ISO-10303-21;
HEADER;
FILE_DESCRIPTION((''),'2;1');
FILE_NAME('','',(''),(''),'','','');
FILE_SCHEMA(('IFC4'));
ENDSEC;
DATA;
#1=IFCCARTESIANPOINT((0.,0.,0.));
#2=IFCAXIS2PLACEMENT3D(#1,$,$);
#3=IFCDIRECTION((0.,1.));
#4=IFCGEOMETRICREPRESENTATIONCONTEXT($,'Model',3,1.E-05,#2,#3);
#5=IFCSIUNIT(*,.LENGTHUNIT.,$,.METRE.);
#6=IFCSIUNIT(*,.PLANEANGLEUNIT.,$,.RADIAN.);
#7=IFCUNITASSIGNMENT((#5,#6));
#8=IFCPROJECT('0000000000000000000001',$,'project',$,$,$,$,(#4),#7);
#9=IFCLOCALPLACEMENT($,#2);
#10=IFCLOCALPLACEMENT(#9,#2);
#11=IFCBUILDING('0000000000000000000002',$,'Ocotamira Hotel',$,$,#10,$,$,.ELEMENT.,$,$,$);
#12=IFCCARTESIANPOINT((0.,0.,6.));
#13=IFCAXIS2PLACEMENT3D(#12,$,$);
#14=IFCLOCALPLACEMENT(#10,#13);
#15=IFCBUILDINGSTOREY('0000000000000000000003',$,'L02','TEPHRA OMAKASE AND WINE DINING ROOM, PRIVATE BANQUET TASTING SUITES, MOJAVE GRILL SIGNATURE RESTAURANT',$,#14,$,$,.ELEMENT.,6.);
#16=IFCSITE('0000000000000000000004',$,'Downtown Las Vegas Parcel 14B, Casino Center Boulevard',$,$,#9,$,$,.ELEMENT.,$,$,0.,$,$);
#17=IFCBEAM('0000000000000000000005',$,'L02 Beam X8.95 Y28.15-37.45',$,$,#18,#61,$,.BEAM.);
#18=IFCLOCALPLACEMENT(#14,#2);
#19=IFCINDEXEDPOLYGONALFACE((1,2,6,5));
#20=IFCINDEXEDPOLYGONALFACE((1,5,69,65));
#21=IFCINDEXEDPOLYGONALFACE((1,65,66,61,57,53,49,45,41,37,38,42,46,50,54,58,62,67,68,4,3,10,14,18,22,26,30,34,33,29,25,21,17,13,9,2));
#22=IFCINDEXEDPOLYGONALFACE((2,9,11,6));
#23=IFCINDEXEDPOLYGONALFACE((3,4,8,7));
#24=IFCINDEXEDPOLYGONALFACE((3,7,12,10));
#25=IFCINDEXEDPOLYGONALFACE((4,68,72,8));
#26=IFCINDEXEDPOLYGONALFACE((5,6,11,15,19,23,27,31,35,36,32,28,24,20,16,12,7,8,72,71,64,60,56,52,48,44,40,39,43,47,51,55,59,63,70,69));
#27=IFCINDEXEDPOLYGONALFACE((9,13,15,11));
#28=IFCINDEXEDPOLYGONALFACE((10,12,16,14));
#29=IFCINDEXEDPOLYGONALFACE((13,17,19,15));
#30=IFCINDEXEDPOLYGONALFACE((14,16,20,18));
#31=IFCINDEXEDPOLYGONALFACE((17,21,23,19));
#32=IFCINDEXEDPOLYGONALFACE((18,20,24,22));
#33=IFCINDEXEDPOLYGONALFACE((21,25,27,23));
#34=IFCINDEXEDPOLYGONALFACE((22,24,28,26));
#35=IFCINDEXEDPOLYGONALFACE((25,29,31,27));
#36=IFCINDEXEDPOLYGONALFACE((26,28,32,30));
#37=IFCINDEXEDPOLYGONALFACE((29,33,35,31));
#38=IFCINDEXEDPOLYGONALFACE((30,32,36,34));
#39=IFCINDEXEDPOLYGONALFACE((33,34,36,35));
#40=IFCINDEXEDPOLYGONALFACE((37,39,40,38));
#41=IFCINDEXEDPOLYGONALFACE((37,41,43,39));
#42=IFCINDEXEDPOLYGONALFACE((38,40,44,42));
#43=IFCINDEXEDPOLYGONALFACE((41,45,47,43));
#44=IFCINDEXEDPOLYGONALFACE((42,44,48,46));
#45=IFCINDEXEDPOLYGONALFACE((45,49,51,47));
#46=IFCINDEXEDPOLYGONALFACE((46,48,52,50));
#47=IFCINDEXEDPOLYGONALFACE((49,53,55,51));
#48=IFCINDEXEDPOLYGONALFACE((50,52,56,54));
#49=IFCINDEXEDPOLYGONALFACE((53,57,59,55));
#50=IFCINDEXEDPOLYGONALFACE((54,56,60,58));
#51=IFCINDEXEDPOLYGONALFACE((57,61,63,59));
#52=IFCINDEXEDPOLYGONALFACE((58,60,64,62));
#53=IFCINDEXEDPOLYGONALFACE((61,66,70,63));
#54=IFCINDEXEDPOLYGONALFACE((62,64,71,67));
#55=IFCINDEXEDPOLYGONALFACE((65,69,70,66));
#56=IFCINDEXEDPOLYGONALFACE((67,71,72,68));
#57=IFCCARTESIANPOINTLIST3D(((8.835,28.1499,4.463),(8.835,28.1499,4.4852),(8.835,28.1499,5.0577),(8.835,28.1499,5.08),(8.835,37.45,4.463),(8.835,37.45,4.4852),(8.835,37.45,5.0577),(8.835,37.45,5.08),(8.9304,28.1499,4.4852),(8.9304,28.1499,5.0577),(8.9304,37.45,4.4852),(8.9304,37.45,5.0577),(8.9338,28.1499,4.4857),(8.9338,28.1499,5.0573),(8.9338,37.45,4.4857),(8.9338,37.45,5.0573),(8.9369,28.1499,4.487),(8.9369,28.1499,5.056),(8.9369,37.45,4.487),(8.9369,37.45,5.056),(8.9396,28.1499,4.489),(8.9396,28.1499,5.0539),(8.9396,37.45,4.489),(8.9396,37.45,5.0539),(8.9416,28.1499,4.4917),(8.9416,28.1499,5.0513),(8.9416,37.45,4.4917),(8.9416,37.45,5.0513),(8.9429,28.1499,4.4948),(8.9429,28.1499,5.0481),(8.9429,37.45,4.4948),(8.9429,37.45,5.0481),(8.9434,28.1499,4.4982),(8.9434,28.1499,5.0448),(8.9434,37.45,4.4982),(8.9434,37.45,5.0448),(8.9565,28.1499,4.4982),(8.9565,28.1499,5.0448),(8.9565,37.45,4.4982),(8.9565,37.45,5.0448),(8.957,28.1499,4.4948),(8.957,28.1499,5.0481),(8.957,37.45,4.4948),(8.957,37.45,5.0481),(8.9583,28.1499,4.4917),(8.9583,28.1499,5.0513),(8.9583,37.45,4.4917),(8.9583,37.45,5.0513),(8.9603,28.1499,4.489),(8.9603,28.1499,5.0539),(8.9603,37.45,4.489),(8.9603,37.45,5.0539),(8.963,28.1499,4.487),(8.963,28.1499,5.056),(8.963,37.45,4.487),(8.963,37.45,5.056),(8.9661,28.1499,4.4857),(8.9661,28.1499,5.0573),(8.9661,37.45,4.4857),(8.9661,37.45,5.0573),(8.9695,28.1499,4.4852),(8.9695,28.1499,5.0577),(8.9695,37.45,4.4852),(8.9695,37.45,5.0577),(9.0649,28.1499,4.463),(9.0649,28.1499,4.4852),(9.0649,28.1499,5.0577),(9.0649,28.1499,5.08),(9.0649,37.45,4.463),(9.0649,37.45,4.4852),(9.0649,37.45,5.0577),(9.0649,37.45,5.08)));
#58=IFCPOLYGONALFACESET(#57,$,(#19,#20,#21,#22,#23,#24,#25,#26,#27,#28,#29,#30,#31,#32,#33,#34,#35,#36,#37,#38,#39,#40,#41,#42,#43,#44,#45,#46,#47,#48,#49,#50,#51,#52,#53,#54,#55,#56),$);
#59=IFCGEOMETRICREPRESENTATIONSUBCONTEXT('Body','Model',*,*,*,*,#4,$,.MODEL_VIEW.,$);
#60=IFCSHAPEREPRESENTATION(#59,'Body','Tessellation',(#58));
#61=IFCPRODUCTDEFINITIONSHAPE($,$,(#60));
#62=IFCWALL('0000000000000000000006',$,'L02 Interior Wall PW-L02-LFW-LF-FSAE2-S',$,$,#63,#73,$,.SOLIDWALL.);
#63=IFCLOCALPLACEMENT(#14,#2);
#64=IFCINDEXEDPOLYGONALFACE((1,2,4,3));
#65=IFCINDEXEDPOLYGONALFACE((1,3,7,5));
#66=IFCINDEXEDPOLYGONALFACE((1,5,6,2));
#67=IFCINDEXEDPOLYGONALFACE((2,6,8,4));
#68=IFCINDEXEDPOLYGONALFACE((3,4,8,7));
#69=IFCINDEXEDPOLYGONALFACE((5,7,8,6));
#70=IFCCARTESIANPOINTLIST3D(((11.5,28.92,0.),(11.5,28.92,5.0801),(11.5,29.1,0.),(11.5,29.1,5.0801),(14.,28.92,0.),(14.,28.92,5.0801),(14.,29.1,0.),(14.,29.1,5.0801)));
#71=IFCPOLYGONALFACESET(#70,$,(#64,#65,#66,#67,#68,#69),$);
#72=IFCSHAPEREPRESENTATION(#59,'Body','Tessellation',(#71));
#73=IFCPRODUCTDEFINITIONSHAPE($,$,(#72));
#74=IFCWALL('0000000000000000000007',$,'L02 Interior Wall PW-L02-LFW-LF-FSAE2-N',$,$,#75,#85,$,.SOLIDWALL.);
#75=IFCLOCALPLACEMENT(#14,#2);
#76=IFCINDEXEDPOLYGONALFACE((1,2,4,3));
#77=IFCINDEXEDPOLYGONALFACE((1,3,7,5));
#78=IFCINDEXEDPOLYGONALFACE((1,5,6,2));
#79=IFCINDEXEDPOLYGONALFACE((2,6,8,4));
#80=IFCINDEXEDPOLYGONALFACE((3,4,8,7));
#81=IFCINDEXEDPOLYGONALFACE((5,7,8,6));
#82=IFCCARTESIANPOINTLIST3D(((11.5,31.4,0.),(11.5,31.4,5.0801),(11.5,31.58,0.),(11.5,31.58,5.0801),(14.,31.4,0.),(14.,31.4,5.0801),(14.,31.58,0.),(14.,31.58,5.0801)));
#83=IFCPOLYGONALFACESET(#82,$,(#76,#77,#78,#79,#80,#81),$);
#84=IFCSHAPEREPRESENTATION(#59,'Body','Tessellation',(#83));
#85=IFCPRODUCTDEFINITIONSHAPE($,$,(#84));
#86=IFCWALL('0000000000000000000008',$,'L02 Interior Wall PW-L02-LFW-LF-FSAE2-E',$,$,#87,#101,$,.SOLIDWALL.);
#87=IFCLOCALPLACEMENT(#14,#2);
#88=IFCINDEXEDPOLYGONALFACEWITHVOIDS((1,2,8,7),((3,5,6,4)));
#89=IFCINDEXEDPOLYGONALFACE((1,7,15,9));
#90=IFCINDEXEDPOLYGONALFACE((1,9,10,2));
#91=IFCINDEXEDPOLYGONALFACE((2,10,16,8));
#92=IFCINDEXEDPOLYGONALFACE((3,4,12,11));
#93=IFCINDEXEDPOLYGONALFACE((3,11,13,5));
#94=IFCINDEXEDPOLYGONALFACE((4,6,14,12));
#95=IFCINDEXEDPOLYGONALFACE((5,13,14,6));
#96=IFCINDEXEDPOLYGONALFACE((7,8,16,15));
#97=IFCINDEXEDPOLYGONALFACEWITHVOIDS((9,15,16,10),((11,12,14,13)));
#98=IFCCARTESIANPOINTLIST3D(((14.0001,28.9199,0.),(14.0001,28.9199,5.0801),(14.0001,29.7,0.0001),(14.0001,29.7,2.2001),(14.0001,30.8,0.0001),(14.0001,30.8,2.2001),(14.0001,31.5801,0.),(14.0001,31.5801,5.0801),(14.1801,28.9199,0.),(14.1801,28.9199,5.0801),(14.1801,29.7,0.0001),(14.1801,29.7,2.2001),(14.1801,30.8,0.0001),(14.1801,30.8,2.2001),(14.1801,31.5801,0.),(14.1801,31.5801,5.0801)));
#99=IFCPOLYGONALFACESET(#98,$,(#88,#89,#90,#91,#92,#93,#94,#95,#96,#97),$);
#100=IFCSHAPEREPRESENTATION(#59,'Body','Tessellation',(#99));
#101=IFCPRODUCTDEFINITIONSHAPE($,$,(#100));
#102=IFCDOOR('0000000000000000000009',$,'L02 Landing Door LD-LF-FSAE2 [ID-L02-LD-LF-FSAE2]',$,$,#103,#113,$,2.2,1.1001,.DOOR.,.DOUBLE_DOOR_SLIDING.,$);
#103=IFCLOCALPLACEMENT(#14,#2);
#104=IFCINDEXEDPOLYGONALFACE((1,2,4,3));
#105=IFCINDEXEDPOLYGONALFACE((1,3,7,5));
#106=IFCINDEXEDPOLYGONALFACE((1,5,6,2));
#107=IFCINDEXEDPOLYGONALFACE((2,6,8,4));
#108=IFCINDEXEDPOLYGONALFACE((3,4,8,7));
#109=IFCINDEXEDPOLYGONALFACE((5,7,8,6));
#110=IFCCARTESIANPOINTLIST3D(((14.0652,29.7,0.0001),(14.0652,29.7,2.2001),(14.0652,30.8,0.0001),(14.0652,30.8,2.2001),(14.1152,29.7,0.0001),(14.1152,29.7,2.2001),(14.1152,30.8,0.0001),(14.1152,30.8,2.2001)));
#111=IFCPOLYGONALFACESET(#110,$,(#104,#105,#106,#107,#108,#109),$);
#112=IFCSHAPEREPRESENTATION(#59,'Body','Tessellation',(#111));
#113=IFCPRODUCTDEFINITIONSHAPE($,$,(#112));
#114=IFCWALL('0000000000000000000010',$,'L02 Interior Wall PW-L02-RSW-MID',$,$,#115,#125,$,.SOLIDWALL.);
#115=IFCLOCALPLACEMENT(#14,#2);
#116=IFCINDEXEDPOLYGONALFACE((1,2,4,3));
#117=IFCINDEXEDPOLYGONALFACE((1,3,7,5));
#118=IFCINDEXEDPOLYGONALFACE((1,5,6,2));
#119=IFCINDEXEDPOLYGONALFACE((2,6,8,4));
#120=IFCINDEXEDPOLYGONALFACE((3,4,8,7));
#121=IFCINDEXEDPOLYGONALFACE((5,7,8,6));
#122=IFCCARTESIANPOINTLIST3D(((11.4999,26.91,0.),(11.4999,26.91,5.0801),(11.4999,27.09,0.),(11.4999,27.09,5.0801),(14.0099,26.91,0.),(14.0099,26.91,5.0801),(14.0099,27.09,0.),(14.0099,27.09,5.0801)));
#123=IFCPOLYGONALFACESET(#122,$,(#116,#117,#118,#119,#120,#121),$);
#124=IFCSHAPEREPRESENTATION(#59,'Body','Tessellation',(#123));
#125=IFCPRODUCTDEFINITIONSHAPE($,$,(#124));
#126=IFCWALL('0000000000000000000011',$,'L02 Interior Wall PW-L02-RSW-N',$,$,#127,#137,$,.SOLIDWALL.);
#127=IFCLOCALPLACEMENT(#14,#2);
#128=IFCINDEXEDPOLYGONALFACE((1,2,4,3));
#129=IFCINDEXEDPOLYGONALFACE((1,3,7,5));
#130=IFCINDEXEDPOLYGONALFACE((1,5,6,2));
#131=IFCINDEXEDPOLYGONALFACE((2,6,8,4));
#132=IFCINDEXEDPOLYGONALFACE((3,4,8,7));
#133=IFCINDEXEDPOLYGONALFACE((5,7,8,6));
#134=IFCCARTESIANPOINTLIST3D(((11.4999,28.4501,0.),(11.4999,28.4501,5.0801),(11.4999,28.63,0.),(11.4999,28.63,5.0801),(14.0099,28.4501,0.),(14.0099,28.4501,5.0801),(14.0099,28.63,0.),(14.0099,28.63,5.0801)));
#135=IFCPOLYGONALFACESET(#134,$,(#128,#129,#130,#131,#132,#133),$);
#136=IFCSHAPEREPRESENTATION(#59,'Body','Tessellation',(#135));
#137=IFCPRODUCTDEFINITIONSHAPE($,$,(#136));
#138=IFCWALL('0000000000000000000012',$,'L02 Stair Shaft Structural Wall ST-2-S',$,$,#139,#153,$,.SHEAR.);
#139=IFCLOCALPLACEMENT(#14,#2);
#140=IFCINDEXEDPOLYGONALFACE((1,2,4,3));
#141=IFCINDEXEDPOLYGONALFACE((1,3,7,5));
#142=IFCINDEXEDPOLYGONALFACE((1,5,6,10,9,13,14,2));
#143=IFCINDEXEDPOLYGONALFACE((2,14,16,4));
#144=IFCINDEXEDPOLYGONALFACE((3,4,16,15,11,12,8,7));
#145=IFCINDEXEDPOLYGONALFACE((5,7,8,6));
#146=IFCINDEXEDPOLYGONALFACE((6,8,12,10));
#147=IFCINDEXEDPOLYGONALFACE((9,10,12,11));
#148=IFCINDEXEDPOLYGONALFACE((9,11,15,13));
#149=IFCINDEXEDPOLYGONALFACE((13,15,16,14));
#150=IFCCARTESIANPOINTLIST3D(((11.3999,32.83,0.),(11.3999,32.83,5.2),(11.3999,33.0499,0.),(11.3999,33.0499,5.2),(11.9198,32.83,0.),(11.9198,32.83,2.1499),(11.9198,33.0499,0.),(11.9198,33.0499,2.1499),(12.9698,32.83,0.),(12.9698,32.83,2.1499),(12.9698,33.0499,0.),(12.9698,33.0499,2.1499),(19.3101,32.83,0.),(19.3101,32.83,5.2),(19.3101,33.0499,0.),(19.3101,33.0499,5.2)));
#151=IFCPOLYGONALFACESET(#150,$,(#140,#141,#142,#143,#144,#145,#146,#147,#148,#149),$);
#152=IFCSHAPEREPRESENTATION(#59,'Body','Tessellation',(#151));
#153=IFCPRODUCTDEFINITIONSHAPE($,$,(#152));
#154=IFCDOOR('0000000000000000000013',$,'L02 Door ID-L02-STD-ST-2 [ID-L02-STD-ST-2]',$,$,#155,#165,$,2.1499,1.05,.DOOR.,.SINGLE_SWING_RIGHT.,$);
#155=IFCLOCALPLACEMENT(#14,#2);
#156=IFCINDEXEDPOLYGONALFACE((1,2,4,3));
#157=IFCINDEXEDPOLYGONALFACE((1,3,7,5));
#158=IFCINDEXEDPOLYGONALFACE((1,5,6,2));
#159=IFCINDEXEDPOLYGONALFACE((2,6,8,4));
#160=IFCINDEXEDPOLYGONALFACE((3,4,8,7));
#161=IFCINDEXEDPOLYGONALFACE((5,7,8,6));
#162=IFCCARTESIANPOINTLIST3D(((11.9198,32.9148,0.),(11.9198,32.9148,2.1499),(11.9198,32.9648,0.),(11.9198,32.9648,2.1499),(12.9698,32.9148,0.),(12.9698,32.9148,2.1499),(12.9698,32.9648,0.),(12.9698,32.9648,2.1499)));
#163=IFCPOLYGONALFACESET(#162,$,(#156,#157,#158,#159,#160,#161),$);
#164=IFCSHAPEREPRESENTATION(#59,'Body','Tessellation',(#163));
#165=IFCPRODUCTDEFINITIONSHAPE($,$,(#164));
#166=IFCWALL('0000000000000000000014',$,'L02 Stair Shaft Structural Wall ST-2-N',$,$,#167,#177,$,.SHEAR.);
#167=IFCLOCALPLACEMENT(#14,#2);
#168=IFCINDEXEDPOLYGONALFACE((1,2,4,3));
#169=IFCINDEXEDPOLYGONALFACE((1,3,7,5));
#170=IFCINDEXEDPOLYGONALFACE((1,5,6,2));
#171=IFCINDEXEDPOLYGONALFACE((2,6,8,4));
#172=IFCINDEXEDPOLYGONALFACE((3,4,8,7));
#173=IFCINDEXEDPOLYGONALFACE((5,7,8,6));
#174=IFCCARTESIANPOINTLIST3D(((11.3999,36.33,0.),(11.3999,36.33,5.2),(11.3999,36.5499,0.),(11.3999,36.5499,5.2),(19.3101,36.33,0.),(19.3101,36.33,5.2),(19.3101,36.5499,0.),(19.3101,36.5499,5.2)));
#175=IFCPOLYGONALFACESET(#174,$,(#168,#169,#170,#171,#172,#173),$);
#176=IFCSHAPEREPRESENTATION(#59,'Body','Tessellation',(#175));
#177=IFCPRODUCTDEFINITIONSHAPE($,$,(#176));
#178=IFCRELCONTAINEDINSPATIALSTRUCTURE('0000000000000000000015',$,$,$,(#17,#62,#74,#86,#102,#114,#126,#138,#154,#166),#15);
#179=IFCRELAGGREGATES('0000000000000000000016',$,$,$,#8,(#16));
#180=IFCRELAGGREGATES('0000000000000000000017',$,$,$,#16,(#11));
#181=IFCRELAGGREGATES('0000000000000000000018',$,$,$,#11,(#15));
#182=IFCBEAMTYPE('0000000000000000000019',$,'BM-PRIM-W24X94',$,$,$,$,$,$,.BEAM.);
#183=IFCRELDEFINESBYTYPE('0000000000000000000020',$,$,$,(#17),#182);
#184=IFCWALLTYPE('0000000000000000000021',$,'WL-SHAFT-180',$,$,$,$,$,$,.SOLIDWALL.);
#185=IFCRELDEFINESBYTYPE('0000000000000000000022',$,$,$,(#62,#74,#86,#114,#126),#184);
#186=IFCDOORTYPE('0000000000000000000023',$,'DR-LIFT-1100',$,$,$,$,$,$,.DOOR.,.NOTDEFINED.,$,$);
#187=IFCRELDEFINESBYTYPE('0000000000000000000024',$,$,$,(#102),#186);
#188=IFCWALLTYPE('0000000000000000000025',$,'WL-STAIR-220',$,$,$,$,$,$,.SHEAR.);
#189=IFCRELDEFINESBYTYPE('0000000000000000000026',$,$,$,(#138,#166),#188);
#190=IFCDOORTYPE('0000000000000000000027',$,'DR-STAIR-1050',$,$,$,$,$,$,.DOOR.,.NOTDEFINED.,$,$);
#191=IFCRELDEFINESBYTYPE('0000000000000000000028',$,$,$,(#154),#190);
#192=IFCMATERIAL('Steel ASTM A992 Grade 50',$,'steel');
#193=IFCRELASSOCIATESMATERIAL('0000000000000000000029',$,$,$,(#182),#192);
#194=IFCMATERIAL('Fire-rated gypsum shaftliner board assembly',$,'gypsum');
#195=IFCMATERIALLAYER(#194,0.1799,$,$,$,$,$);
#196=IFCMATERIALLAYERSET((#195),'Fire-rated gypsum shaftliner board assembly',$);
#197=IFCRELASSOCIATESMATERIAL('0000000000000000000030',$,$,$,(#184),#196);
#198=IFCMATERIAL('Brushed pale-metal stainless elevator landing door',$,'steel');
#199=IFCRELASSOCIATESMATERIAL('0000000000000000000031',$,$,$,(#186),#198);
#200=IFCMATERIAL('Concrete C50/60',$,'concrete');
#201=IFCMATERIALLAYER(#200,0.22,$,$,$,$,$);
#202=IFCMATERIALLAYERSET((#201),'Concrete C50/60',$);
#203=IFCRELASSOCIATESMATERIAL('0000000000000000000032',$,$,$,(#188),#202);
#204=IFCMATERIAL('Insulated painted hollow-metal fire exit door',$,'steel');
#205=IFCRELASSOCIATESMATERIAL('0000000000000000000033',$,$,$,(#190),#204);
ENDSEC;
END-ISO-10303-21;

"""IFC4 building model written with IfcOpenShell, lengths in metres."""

from ifc_helpers import new_model, si_unit, direction, frame, frame_2d, origin, origin_2d, place, context, subcontext, project, spatial, rectangle, i_section, extrude, source, transform, mapped, material, layer, layer_set, material_profile, profile_set, type_object, element, fill, save


model = new_model("IFC4")

# Units and contexts
model_context = context("Model", 3, precision=1e-05, world=origin(), true_north=direction((0.0, 1.0)))
body_context = subcontext(model_context, "Body", "Model", "MODEL_VIEW")
ifc_project = project(units=[si_unit("LENGTHUNIT", "METRE"), si_unit("PLANEANGLEUNIT", "RADIAN")], contexts=[model_context])

# Site, building, storey
site_placement = place(None, origin())
site = spatial("IfcSite", under=ifc_project, at=site_placement, Name="Downtown Las Vegas Parcel 14B, Casino Center Boulevard", CompositionType="ELEMENT", RefElevation=0.0)
building_placement = place(site_placement, origin())
building = spatial("IfcBuilding", under=site, at=building_placement, Name="Ocotamira Hotel", CompositionType="ELEMENT")
storey_placement = place(building_placement, frame((0.0, 0.0, 6.0)))
storey = spatial("IfcBuildingStorey", under=building, at=storey_placement, Name="L02", Description="TEPHRA OMAKASE AND WINE DINING ROOM, PRIVATE BANQUET TASTING SUITES, MOJAVE GRILL SIGNATURE RESTAURANT", CompositionType="ELEMENT", Elevation=6.0)

# Beam
ifc_material_1 = material(Name="Steel ASTM A992 Grade 50", Category="steel")
ifc_material_profile_1 = material_profile(ifc_material_1, i_section(OverallWidth=0.23, OverallDepth=0.6169, WebThickness=0.0132, FlangeThickness=0.0222, FilletRadius=0.0129, at=origin_2d()), Name="W24X94")
ifc_profile_set_1 = profile_set([ifc_material_profile_1], Name="Steel ASTM A992 Grade 50")
beam_type_1 = type_object("IfcBeamType", Name="BM-PRIM-W24X94", PredefinedType="BEAM", material=ifc_profile_set_1)
shared_shape_1 = source(origin(), body_context, "Body", "SweptSolid", [
    extrude(i_section(OverallWidth=0.23, OverallDepth=0.6169, WebThickness=0.0132, FlangeThickness=0.0222, FilletRadius=0.0129, at=origin_2d()), origin(), (0.0, 0.0, 1.0), 9.3),
])
beam_1_placement = place(storey_placement, frame((8.95, 28.1499, 4.7715), z_axis=(0.0, 1.0, 0.0), x_axis=(-1.0, 0.0, 0.0)))
element("IfcBeam", 1, at=beam_1_placement, inside=storey, type_object=beam_type_1, Name="L02 Beam X8.95 Y28.15-37.45", PredefinedType="BEAM", context=body_context, shape_type="MappedRepresentation", body=[
    mapped(shared_shape_1, transform((0.0, 0.0, 0.0), scale=1.0)),
])

# Walls
ifc_material_2 = material(Name="Fire-rated gypsum shaftliner board assembly", Category="gypsum")
ifc_layer_1 = layer(ifc_material_2, 0.1799)
ifc_layer_set_1 = layer_set([ifc_layer_1], Name="Fire-rated gypsum shaftliner board assembly")
wall_type_1 = type_object("IfcWallType", Name="WL-SHAFT-180", PredefinedType="SOLIDWALL", material=ifc_layer_set_1)
for number, where, z_axis, x_axis, name in (
    (2, (11.5, 29.01, 0.0), (0.0, 0.0, 1.0), (1.0, 0.0, 0.0), "L02 Interior Wall PW-L02-LFW-LF-FSAE2-S"),
    (3, (11.5, 31.49, 0.0), (0.0, 0.0, 1.0), (1.0, 0.0, 0.0), "L02 Interior Wall PW-L02-LFW-LF-FSAE2-N"),
):
    element("IfcWall", number, at=place(storey_placement, frame(where, z_axis=z_axis, x_axis=x_axis)), inside=storey, type_object=wall_type_1, Name=name, PredefinedType="SOLIDWALL", context=body_context, shape_type="SweptSolid", body=[
        extrude(rectangle(XDim=2.5, YDim=0.1799, at=frame_2d((1.25, 0.0))), origin(), (0.0, 0.0, 1.0), 5.0801),
    ])

# Wall, opening, door
wall_1_placement = place(storey_placement, frame((14.0901, 28.9199, 0.0), z_axis=(0.0, 0.0, 1.0), x_axis=(0.0, 1.0, 0.0)))
wall_1 = element("IfcWall", 4, at=wall_1_placement, inside=storey, type_object=wall_type_1, Name="L02 Interior Wall PW-L02-LFW-LF-FSAE2-E", PredefinedType="SOLIDWALL", context=body_context, shape_type="SweptSolid", body=[
    extrude(rectangle(XDim=2.6602, YDim=0.1799, at=frame_2d((1.3301, 0.0))), origin(), (0.0, 0.0, 1.0), 5.0801),
])
opening_1_placement = place(wall_1_placement, frame((0.78, 0.0, 0.0)))
opening_1 = element("IfcOpeningElement", 5, at=opening_1_placement, cuts=wall_1, PredefinedType="OPENING", context=body_context, shape_type="SweptSolid", body=[
    extrude(rectangle(XDim=1.1001, YDim=2.2, at=frame_2d((0.55, 1.1001))), frame((0.0, 0.1001, 0.0), z_axis=(0.0, -1.0, 0.0), x_axis=(1.0, 0.0, 0.0)), (0.0, 0.0, 1.0), 0.2),
])
ifc_material_3 = material(Name="Brushed pale-metal stainless elevator landing door", Category="steel")
door_type_1 = type_object("IfcDoorType", Name="DR-LIFT-1100", OperationType="NOTDEFINED", PredefinedType="DOOR", material=ifc_material_3)
shared_shape_2 = source(origin(), body_context, "Body", "SweptSolid", [
    extrude(rectangle(XDim=1.1001, YDim=2.2, at=frame_2d((0.55, 1.1001))), frame((0.0, 0.0249, 0.0), z_axis=(0.0, -1.0, 0.0), x_axis=(1.0, 0.0, 0.0)), (0.0, 0.0, 1.0), 0.05),
])
door_1_placement = place(opening_1_placement, origin())
door_1 = element("IfcDoor", 6, at=door_1_placement, inside=storey, type_object=door_type_1, Name="L02 Landing Door LD-LF-FSAE2 [ID-L02-LD-LF-FSAE2]", OperationType="DOUBLE_DOOR_SLIDING", OverallHeight=2.2, OverallWidth=1.1001, PredefinedType="DOOR", context=body_context, shape_type="MappedRepresentation", body=[
    mapped(shared_shape_2, transform((0.0, 0.0, 0.0), scale=1.0)),
])
fill(opening_1, door_1)

# Walls
for number, where, z_axis, x_axis, name in (
    (7, (11.5, 27.0, 0.0), (0.0, 0.0, 1.0), (1.0, 0.0, 0.0), "L02 Interior Wall PW-L02-RSW-MID"),
    (8, (11.5, 28.54, 0.0), (0.0, 0.0, 1.0), (1.0, 0.0, 0.0), "L02 Interior Wall PW-L02-RSW-N"),
):
    element("IfcWall", number, at=place(storey_placement, frame(where, z_axis=z_axis, x_axis=x_axis)), inside=storey, type_object=wall_type_1, Name=name, PredefinedType="SOLIDWALL", context=body_context, shape_type="SweptSolid", body=[
        extrude(rectangle(XDim=2.51, YDim=0.1799, at=frame_2d((1.2549, 0.0))), origin(), (0.0, 0.0, 1.0), 5.0801),
    ])

# Wall, opening, door
ifc_material_4 = material(Name="Concrete C50/60", Category="concrete")
ifc_layer_2 = layer(ifc_material_4, 0.22)
ifc_layer_set_2 = layer_set([ifc_layer_2], Name="Concrete C50/60")
wall_type_2 = type_object("IfcWallType", Name="WL-STAIR-220", PredefinedType="SHEAR", material=ifc_layer_set_2)
wall_2_placement = place(storey_placement, frame((11.3999, 32.9399, 0.0), z_axis=(0.0, 0.0, 1.0), x_axis=(1.0, 0.0, 0.0)))
wall_2 = element("IfcWall", 9, at=wall_2_placement, inside=storey, type_object=wall_type_2, Name="L02 Stair Shaft Structural Wall ST-2-S", PredefinedType="SHEAR", context=body_context, shape_type="SweptSolid", body=[
    extrude(rectangle(XDim=7.9102, YDim=0.22, at=frame_2d((3.9551, 0.0))), origin(), (0.0, 0.0, 1.0), 5.2),
])
opening_2_placement = place(wall_2_placement, frame((0.52, 0.0, 0.0)))
opening_2 = element("IfcOpeningElement", 10, at=opening_2_placement, cuts=wall_2, PredefinedType="OPENING", context=body_context, shape_type="SweptSolid", body=[
    extrude(rectangle(XDim=1.05, YDim=2.1499, at=frame_2d((0.5249, 1.075))), frame((0.0, 0.1201, 0.0), z_axis=(0.0, -1.0, 0.0), x_axis=(1.0, 0.0, 0.0)), (0.0, 0.0, 1.0), 0.24),
])
ifc_material_5 = material(Name="Insulated painted hollow-metal fire exit door", Category="steel")
door_type_2 = type_object("IfcDoorType", Name="DR-STAIR-1050", OperationType="NOTDEFINED", PredefinedType="DOOR", material=ifc_material_5)
shared_shape_3 = source(origin(), body_context, "Body", "SweptSolid", [
    extrude(rectangle(XDim=1.05, YDim=2.1499, at=frame_2d((0.5249, 1.075))), frame((0.0, 0.0249, 0.0), z_axis=(0.0, -1.0, 0.0), x_axis=(1.0, 0.0, 0.0)), (0.0, 0.0, 1.0), 0.05),
])
door_2_placement = place(opening_2_placement, origin())
door_2 = element("IfcDoor", 11, at=door_2_placement, inside=storey, type_object=door_type_2, Name="L02 Door ID-L02-STD-ST-2 [ID-L02-STD-ST-2]", OperationType="SINGLE_SWING_RIGHT", OverallHeight=2.1499, OverallWidth=1.05, PredefinedType="DOOR", context=body_context, shape_type="MappedRepresentation", body=[
    mapped(shared_shape_3, transform((0.0, 0.0, 0.0), scale=1.0)),
])
fill(opening_2, door_2)

# Wall
wall_3_placement = place(storey_placement, frame((11.3999, 36.4399, 0.0), z_axis=(0.0, 0.0, 1.0), x_axis=(1.0, 0.0, 0.0)))
element("IfcWall", 12, at=wall_3_placement, inside=storey, type_object=wall_type_2, Name="L02 Stair Shaft Structural Wall ST-2-N", PredefinedType="SHEAR", context=body_context, shape_type="SweptSolid", body=[
    extrude(rectangle(XDim=7.9102, YDim=0.22, at=frame_2d((3.9551, 0.0))), origin(), (0.0, 0.0, 1.0), 5.2),
])

save(model, "model.ifc")
